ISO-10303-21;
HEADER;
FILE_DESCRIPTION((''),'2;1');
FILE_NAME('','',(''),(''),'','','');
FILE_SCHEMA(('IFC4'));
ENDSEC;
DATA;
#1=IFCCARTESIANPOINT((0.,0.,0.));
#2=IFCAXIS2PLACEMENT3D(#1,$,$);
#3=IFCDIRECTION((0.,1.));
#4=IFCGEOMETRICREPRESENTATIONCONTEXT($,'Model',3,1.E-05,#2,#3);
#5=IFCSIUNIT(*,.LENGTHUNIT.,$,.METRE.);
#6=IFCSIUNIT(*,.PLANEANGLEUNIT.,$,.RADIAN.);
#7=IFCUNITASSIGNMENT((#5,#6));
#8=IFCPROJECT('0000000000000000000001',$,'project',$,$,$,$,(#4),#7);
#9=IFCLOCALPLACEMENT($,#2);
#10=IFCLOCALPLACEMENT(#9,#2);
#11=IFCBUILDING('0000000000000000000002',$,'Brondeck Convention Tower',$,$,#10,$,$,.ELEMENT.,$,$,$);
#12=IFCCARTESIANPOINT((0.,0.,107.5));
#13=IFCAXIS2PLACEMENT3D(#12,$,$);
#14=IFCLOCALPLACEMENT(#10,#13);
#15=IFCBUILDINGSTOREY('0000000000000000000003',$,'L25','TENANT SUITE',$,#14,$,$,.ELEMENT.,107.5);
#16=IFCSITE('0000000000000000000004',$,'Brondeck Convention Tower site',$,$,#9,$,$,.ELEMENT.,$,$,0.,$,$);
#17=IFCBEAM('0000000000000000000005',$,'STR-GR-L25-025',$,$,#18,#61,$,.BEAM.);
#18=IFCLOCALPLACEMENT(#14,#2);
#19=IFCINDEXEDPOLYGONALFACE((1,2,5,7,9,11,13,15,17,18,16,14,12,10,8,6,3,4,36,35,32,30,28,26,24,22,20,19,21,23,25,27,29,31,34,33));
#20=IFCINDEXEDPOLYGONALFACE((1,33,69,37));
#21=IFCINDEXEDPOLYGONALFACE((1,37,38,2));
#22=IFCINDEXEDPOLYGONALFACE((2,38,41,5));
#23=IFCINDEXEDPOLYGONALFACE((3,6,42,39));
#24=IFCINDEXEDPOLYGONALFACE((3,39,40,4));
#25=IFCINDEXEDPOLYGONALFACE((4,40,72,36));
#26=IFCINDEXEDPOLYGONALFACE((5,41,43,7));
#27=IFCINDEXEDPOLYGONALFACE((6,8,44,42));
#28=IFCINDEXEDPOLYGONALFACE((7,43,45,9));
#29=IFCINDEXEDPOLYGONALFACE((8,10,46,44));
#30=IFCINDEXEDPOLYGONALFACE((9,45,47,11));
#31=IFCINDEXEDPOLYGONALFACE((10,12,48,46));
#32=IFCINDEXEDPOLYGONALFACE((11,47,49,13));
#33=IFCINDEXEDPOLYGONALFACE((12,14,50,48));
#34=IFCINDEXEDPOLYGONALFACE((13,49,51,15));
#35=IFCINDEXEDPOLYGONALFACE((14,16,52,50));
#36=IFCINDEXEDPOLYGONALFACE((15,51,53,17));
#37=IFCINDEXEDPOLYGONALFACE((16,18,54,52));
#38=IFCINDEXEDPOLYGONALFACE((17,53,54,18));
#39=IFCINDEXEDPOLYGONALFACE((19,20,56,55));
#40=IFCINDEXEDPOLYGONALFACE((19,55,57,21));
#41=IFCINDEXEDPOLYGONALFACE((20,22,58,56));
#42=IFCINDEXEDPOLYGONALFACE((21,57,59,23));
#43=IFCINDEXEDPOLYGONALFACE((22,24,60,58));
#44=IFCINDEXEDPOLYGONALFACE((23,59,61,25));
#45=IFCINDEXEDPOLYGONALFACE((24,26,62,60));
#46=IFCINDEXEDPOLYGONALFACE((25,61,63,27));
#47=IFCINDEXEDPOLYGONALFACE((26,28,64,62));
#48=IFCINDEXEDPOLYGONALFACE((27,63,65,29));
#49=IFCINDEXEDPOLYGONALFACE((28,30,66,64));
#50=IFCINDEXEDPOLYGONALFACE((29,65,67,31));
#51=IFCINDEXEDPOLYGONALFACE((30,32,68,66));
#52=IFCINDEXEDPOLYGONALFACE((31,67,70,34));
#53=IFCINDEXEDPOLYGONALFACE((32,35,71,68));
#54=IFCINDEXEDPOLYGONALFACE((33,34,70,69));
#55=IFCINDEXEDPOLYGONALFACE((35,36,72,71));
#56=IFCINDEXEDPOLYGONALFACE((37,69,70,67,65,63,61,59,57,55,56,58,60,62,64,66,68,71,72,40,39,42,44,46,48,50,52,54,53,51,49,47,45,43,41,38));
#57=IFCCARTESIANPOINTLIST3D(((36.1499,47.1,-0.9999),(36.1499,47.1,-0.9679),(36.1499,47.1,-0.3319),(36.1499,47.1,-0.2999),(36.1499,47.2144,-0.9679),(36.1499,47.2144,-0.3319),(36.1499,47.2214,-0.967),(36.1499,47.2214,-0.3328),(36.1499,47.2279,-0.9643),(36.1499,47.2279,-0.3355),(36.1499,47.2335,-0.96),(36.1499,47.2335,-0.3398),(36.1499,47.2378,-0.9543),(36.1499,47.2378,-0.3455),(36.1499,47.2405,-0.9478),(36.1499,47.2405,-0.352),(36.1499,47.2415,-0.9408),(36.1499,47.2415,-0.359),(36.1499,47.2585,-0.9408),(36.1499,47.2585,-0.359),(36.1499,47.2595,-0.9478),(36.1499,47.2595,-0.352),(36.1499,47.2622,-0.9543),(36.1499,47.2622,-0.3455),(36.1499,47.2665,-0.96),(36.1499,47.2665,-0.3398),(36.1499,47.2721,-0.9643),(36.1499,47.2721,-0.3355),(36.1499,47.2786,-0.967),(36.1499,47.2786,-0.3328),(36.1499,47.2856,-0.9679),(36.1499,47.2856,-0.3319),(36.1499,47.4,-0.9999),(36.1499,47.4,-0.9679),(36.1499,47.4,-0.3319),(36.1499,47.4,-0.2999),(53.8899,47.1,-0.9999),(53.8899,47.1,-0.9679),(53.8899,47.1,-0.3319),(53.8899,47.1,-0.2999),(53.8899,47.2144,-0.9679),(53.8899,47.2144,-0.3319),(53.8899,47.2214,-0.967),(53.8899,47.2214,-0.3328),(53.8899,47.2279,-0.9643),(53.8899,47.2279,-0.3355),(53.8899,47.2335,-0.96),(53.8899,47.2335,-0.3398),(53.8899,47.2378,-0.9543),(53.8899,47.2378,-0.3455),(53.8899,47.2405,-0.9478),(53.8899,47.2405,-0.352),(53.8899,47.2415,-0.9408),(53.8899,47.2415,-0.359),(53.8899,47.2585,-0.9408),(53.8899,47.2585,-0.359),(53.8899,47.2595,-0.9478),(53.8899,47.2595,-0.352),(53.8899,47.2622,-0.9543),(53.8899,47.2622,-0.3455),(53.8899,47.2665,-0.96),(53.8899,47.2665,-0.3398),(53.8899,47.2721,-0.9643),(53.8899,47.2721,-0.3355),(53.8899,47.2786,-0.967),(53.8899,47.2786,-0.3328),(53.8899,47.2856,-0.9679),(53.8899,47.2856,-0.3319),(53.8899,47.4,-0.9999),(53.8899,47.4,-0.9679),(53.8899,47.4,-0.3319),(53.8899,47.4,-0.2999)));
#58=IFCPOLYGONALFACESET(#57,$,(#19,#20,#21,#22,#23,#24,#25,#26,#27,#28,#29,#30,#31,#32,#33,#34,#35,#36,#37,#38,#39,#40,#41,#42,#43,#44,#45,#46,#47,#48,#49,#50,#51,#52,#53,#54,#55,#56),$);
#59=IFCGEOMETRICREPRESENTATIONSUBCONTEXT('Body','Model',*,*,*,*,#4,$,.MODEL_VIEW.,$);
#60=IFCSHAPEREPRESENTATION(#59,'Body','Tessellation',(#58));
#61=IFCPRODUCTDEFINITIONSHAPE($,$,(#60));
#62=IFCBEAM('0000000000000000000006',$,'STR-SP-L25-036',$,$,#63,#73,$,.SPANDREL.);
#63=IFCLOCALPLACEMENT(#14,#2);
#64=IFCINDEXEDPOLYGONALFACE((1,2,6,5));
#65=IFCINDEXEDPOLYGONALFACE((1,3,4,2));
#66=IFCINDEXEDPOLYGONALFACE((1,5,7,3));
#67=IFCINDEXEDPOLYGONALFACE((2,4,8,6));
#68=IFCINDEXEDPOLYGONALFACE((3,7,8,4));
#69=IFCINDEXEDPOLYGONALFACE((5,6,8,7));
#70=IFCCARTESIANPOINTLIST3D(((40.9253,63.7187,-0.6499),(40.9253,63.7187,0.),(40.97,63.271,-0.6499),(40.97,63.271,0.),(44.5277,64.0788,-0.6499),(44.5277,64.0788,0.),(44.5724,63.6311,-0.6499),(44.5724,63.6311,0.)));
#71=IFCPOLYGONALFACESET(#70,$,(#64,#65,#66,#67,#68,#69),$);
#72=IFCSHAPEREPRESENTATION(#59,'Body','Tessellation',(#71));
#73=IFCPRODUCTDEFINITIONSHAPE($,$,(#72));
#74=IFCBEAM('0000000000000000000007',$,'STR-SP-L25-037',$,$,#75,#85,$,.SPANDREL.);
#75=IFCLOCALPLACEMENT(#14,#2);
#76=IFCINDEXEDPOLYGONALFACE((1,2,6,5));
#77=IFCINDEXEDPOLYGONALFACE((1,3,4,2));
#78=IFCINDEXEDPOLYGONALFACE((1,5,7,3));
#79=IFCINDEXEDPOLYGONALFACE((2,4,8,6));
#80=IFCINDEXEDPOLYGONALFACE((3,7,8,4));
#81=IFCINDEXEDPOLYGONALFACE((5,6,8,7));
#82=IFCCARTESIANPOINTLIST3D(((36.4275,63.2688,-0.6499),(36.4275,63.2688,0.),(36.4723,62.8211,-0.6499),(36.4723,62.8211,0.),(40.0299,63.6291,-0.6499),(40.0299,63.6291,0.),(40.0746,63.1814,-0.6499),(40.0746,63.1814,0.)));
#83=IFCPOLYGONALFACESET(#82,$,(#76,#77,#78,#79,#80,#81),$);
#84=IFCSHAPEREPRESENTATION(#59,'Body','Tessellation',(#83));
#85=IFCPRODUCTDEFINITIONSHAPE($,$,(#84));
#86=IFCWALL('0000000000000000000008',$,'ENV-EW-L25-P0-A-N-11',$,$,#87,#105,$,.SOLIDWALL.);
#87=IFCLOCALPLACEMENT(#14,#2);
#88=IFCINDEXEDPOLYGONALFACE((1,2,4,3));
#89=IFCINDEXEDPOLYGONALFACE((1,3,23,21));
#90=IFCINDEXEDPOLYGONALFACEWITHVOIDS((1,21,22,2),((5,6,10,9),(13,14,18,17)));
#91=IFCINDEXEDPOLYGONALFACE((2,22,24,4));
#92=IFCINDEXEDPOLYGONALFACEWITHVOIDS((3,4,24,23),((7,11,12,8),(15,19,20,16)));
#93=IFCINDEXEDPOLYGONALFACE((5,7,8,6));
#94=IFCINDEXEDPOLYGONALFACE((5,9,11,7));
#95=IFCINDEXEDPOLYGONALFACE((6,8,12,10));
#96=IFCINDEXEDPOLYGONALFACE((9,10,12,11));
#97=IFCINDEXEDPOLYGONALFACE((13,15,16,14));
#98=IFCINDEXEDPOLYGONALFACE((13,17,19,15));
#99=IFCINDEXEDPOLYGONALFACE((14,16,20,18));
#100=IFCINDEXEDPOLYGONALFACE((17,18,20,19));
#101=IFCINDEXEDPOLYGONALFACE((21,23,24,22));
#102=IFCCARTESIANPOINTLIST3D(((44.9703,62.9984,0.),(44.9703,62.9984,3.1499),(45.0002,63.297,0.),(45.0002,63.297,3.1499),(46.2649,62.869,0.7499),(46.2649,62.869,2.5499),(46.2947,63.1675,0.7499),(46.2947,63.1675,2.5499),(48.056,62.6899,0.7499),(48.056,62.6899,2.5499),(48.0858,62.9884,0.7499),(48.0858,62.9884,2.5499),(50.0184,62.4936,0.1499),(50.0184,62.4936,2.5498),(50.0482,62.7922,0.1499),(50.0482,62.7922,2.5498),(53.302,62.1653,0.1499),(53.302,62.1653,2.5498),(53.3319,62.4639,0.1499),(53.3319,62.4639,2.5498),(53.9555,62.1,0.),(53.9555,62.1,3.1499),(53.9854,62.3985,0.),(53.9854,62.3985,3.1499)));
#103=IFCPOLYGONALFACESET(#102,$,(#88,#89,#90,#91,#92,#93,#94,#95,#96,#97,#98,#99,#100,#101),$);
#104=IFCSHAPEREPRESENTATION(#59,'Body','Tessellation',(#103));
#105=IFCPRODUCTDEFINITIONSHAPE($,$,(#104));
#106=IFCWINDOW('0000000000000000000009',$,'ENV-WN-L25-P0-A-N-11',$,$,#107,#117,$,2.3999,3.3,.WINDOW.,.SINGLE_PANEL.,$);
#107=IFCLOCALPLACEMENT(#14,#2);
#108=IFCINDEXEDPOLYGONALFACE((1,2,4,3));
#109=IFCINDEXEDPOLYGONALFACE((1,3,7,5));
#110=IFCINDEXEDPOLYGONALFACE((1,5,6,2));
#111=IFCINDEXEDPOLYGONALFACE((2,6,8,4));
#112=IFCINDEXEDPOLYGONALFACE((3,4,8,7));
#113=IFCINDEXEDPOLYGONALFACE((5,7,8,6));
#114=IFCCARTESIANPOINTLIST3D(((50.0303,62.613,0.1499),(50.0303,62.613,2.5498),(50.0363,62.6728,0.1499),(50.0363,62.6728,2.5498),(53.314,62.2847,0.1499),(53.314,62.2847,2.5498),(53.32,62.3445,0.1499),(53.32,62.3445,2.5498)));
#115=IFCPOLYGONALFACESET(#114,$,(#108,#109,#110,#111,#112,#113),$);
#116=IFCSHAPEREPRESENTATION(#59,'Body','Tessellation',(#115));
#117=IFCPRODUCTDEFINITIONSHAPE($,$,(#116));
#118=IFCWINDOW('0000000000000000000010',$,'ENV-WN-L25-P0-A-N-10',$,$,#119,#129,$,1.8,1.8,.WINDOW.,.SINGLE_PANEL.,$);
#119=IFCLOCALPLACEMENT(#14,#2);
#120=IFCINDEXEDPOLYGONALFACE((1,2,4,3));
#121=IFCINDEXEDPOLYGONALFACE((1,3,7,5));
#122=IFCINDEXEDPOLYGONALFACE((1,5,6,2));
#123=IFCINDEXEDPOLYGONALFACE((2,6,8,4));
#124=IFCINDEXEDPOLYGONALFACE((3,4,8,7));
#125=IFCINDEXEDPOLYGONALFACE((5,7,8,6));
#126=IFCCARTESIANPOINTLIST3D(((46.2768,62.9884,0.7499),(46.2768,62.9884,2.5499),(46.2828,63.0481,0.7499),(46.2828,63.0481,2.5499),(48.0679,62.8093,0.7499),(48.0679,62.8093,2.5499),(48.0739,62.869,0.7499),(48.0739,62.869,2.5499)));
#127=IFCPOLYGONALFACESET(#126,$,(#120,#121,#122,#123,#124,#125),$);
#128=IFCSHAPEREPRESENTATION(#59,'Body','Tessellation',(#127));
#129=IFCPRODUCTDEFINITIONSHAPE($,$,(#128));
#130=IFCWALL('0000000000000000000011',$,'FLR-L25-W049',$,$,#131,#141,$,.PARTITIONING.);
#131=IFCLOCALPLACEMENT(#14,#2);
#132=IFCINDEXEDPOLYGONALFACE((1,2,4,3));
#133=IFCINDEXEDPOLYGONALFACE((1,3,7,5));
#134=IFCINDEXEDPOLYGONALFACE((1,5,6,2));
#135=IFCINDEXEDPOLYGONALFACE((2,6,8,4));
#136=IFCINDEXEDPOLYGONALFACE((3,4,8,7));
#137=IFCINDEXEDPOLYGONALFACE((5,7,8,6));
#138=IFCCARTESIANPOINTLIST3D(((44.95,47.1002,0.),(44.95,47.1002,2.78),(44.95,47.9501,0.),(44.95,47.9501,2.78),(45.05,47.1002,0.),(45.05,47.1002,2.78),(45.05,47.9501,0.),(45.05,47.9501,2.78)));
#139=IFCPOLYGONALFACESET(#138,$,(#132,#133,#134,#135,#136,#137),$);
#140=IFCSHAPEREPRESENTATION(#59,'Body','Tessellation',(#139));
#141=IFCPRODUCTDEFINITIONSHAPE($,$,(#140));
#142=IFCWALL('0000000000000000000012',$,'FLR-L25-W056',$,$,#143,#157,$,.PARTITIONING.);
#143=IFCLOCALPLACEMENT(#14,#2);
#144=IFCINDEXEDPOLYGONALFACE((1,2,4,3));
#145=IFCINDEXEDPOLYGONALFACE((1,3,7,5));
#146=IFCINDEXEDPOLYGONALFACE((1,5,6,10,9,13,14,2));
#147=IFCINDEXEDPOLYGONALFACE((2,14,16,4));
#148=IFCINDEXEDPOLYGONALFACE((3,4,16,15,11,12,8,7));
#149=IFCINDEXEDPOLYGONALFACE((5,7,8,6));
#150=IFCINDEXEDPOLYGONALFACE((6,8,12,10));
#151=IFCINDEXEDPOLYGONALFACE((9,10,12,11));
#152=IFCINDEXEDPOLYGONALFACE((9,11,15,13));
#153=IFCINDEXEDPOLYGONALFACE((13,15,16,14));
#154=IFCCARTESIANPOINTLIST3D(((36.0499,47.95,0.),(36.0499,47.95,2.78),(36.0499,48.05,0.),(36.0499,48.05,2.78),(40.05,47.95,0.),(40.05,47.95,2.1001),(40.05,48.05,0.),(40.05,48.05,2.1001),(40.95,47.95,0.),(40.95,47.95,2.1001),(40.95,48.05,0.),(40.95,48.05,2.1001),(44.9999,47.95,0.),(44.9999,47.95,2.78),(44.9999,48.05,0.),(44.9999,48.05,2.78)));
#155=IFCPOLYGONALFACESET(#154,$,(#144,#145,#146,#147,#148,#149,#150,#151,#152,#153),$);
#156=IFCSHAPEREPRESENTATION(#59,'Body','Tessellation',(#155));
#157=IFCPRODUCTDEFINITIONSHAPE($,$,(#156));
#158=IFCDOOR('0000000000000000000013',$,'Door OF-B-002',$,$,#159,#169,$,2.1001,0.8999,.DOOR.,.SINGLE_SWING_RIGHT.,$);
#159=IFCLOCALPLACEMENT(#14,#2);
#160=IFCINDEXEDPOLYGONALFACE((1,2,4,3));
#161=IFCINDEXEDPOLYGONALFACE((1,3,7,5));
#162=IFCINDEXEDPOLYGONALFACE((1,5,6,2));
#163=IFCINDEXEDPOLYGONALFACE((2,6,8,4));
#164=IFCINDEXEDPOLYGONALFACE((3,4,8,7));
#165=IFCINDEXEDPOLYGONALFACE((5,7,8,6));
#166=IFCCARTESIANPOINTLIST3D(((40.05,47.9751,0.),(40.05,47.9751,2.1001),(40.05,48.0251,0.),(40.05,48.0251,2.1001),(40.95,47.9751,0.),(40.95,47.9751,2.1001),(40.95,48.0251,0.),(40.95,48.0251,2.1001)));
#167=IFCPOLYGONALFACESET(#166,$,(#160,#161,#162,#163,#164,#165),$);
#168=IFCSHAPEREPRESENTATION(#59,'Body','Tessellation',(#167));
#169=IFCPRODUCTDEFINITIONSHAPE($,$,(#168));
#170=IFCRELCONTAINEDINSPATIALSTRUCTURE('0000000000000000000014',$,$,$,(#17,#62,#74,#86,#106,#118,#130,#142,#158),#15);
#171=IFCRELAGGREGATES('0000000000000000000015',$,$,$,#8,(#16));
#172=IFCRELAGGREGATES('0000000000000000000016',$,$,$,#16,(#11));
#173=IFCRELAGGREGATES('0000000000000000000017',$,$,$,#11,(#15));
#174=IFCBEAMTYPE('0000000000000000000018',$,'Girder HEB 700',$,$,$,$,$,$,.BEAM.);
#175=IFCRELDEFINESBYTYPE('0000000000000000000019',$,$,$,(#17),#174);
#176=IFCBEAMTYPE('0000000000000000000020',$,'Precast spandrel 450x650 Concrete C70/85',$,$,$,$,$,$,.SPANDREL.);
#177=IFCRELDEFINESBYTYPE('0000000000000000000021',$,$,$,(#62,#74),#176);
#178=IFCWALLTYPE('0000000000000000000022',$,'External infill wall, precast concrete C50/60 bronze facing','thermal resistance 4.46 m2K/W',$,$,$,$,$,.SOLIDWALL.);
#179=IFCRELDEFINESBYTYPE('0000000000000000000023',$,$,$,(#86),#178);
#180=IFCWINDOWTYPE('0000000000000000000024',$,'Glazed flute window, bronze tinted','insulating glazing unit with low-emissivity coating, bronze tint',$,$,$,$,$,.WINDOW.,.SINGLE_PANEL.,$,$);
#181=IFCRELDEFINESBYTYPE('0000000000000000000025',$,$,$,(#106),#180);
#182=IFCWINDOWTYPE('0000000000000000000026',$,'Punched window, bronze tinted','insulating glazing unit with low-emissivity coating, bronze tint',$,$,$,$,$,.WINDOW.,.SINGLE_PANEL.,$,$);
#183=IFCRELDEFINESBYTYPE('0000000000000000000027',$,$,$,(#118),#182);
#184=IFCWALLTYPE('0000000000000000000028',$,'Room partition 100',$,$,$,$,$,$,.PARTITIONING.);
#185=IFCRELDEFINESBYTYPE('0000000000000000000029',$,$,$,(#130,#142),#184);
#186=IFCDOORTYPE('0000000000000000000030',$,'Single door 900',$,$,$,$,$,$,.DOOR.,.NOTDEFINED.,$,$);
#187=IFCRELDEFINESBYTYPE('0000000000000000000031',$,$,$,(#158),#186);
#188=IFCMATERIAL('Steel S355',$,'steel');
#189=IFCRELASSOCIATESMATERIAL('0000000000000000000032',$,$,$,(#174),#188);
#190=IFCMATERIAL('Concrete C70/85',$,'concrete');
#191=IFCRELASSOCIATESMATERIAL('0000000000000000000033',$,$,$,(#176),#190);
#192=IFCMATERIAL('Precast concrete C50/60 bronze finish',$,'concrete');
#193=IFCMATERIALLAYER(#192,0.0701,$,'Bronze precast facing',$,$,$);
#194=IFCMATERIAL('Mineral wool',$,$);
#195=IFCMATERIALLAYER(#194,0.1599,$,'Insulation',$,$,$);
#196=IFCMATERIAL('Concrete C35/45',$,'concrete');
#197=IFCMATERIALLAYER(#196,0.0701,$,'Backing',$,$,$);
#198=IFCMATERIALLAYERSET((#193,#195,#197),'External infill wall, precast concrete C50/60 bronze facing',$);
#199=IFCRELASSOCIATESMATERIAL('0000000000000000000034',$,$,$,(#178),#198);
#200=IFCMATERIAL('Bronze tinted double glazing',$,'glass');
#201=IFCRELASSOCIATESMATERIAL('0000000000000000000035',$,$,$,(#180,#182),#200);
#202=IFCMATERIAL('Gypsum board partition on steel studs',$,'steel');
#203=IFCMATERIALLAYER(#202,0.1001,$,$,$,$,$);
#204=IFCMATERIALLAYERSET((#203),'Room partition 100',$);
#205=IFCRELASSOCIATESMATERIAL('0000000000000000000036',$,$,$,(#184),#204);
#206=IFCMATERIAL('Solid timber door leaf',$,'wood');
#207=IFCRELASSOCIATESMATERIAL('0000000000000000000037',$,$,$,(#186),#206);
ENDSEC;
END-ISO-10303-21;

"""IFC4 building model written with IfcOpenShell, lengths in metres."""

from ifc_helpers import new_model, si_unit, direction, frame, frame_2d, origin, origin_2d, place, context, subcontext, project, spatial, rectangle, i_section, extrude, material, layer, layer_set, material_profile, profile_set, type_object, element, fill, save


model = new_model("IFC4")

# Units and contexts
model_context = context("Model", 3, precision=1e-05, world=origin(), true_north=direction((0.0, 1.0)))
body_context = subcontext(model_context, "Body", "Model", "MODEL_VIEW")
ifc_project = project(units=[si_unit("LENGTHUNIT", "METRE"), si_unit("PLANEANGLEUNIT", "RADIAN")], contexts=[model_context])

# Site, building, storey
site_placement = place(None, origin())
site = spatial("IfcSite", under=ifc_project, at=site_placement, Name="Brondeck Convention Tower site", CompositionType="ELEMENT", RefElevation=0.0)
building_placement = place(site_placement, origin())
building = spatial("IfcBuilding", under=site, at=building_placement, Name="Brondeck Convention Tower", CompositionType="ELEMENT")
storey_placement = place(building_placement, frame((0.0, 0.0, 107.5)))
storey = spatial("IfcBuildingStorey", under=building, at=storey_placement, Name="L25", Description="TENANT SUITE", CompositionType="ELEMENT", Elevation=107.5)

# Shared definitions
ifc_material_1 = material(Name="Concrete C70/85", Category="concrete")

# Beams
ifc_material_2 = material(Name="Steel S355", Category="steel")
ifc_material_profile_1 = material_profile(ifc_material_2, i_section(OverallWidth=0.3, OverallDepth=0.7, WebThickness=0.0171, FlangeThickness=0.032, FilletRadius=0.0271, at=origin_2d()), Name="HEB 700")
ifc_profile_set_1 = profile_set([ifc_material_profile_1], Name="Steel S355")
beam_type_1 = type_object("IfcBeamType", Name="Girder HEB 700", PredefinedType="BEAM", material=ifc_profile_set_1)
beam_1_placement = place(storey_placement, frame((36.1499, 47.25, -0.6499), z_axis=(1.0, 0.0, 0.0), x_axis=(0.0, 1.0, 0.0)))
element("IfcBeam", 1, at=beam_1_placement, inside=storey, type_object=beam_type_1, Name="STR-GR-L25-025", PredefinedType="BEAM", context=body_context, shape_type="SweptSolid", body=[
    extrude(i_section(OverallWidth=0.3, OverallDepth=0.7, WebThickness=0.0171, FlangeThickness=0.032, FilletRadius=0.0271, at=origin_2d()), origin(), (0.0, 0.0, 1.0), 17.74),
])
ifc_material_profile_2 = material_profile(ifc_material_1, rectangle(XDim=0.45, YDim=0.6499, at=origin_2d()), Name="Precast spandrel 450x650 Concrete C70/85")
ifc_profile_set_2 = profile_set([ifc_material_profile_2], Name="Concrete C70/85")
beam_type_2 = type_object("IfcBeamType", Name="Precast spandrel 450x650 Concrete C70/85", PredefinedType="SPANDREL", material=ifc_profile_set_2)
for number, where, z_axis, x_axis, name in (
    (2, (44.55, 63.855, -0.325), (-0.995041, -0.09947, 0.0), (0.09947, -0.995041, 0.0), "STR-SP-L25-036"),
    (3, (40.0522, 63.4053, -0.325), (-0.995034, -0.099537, 0.0), (0.099537, -0.995034, 0.0), "STR-SP-L25-037"),
):
    element("IfcBeam", number, at=place(storey_placement, frame(where, z_axis=z_axis, x_axis=x_axis)), inside=storey, type_object=beam_type_2, Name=name, PredefinedType="SPANDREL", context=body_context, shape_type="SweptSolid", body=[
        extrude(rectangle(XDim=0.45, YDim=0.6499, at=origin_2d()), origin(), (0.0, 0.0, 1.0), 3.6204),
    ])

# Wall, openings, windows
ifc_material_3 = material(Name="Precast concrete C50/60 bronze finish", Category="concrete")
ifc_layer_1 = layer(ifc_material_3, 0.0701, Name="Bronze precast facing")
ifc_material_4 = material(Name="Mineral wool")
ifc_layer_2 = layer(ifc_material_4, 0.1599, Name="Insulation")
ifc_material_5 = material(Name="Concrete C35/45", Category="concrete")
ifc_layer_3 = layer(ifc_material_5, 0.0701, Name="Backing")
ifc_layer_set_1 = layer_set([ifc_layer_1, ifc_layer_2, ifc_layer_3], Name="External infill wall, precast concrete C50/60 bronze facing")
wall_type_1 = type_object("IfcWallType", Name="External infill wall, precast concrete C50/60 bronze facing", Description="thermal resistance 4.46 m2K/W", PredefinedType="SOLIDWALL", material=ifc_layer_set_1)
wall_1_placement = place(storey_placement, frame((44.9851, 63.1477, 0.0), z_axis=(0.0, 0.0, 1.0), x_axis=(0.995038, -0.099496, 0.0)))
wall_1 = element("IfcWall", 4, at=wall_1_placement, inside=storey, type_object=wall_type_1, Name="ENV-EW-L25-P0-A-N-11", PredefinedType="SOLIDWALL", context=body_context, shape_type="SweptSolid", body=[
    extrude(rectangle(XDim=9.03, YDim=0.3, at=frame_2d((4.5151, 0.0))), origin(), (0.0, 0.0, 1.0), 3.1499),
])
opening_1_placement = place(wall_1_placement, frame((1.3013, 0.0, 0.75)))
opening_1 = element("IfcOpeningElement", 5, at=opening_1_placement, cuts=wall_1, PredefinedType="OPENING", context=body_context, shape_type="SweptSolid", body=[
    extrude(rectangle(XDim=1.8, YDim=1.8, at=frame_2d((0.8999, 0.8999))), frame((0.0, 0.1599, 0.0), z_axis=(0.0, -1.0, 0.0), x_axis=(1.0, 0.0, 0.0)), (0.0, 0.0, 1.0), 0.3201),
])
opening_2_placement = place(wall_1_placement, frame((5.0735, 0.0, 0.1499)))
opening_2 = element("IfcOpeningElement", 6, at=opening_2_placement, cuts=wall_1, PredefinedType="OPENING", context=body_context, shape_type="SweptSolid", body=[
    extrude(rectangle(XDim=3.3, YDim=2.3999, at=frame_2d((1.6499, 1.2))), frame((0.0, 0.1599, 0.0), z_axis=(0.0, -1.0, 0.0), x_axis=(1.0, 0.0, 0.0)), (0.0, 0.0, 1.0), 0.3201),
])
ifc_material_6 = material(Name="Bronze tinted double glazing", Category="glass")
window_type_1 = type_object("IfcWindowType", Name="Glazed flute window, bronze tinted", Description="insulating glazing unit with low-emissivity coating, bronze tint", PartitioningType="SINGLE_PANEL", PredefinedType="WINDOW", material=ifc_material_6)
window_1_placement = place(opening_2_placement, origin())
window_1 = element("IfcWindow", 7, at=window_1_placement, inside=storey, type_object=window_type_1, Name="ENV-WN-L25-P0-A-N-11", OverallHeight=2.3999, OverallWidth=3.3, PartitioningType="SINGLE_PANEL", PredefinedType="WINDOW", context=body_context, shape_type="SweptSolid", body=[
    extrude(rectangle(XDim=3.3, YDim=2.3999, at=frame_2d((1.6499, 1.2))), frame((0.0, 0.03, 0.0), z_axis=(0.0, -1.0, 0.0), x_axis=(1.0, 0.0, 0.0)), (0.0, 0.0, 1.0), 0.0601),
])
fill(opening_2, window_1)
window_type_2 = type_object("IfcWindowType", Name="Punched window, bronze tinted", Description="insulating glazing unit with low-emissivity coating, bronze tint", PartitioningType="SINGLE_PANEL", PredefinedType="WINDOW", material=ifc_material_6)
window_2_placement = place(opening_1_placement, origin())
window_2 = element("IfcWindow", 8, at=window_2_placement, inside=storey, type_object=window_type_2, Name="ENV-WN-L25-P0-A-N-10", OverallHeight=1.8, OverallWidth=1.8, PartitioningType="SINGLE_PANEL", PredefinedType="WINDOW", context=body_context, shape_type="SweptSolid", body=[
    extrude(rectangle(XDim=1.8, YDim=1.8, at=frame_2d((0.8999, 0.8999))), frame((0.0, 0.03, 0.0), z_axis=(0.0, -1.0, 0.0), x_axis=(1.0, 0.0, 0.0)), (0.0, 0.0, 1.0), 0.0601),
])
fill(opening_1, window_2)

# Wall
ifc_material_7 = material(Name="Gypsum board partition on steel studs", Category="steel")
ifc_layer_4 = layer(ifc_material_7, 0.1001)
ifc_layer_set_2 = layer_set([ifc_layer_4], Name="Room partition 100")
wall_type_2 = type_object("IfcWallType", Name="Room partition 100", PredefinedType="PARTITIONING", material=ifc_layer_set_2)
wall_2_placement = place(storey_placement, frame((45.0, 47.95, 0.0), z_axis=(0.0, 0.0, 1.0), x_axis=(0.0, -1.0, 0.0)))
element("IfcWall", 9, at=wall_2_placement, inside=storey, type_object=wall_type_2, Name="FLR-L25-W049", PredefinedType="PARTITIONING", context=body_context, shape_type="SweptSolid", body=[
    extrude(rectangle(XDim=0.8499, YDim=0.1001, at=frame_2d((0.4248, 0.0))), origin(), (0.0, 0.0, 1.0), 2.78),
])

# Wall, opening, door
wall_3_placement = place(storey_placement, frame((45.0, 48.0, 0.0), z_axis=(0.0, 0.0, 1.0), x_axis=(-1.0, 0.0, 0.0)))
wall_3 = element("IfcWall", 10, at=wall_3_placement, inside=storey, type_object=wall_type_2, Name="FLR-L25-W056", PredefinedType="PARTITIONING", context=body_context, shape_type="SweptSolid", body=[
    extrude(rectangle(XDim=8.95, YDim=0.1001, at=frame_2d((4.4751, 0.0))), origin(), (0.0, 0.0, 1.0), 2.78),
])
opening_3_placement = place(wall_3_placement, frame((4.05, 0.0, 0.0)))
opening_3 = element("IfcOpeningElement", 11, at=opening_3_placement, cuts=wall_3, PredefinedType="OPENING", context=body_context, shape_type="SweptSolid", body=[
    extrude(rectangle(XDim=0.8999, YDim=2.1001, at=frame_2d((0.45, 1.05))), frame((0.0, 0.0601, 0.0), z_axis=(0.0, -1.0, 0.0), x_axis=(1.0, 0.0, 0.0)), (0.0, 0.0, 1.0), 0.1201),
])
ifc_material_8 = material(Name="Solid timber door leaf", Category="wood")
door_type_1 = type_object("IfcDoorType", Name="Single door 900", OperationType="NOTDEFINED", PredefinedType="DOOR", material=ifc_material_8)
door_1_placement = place(opening_3_placement, origin())
door_1 = element("IfcDoor", 12, at=door_1_placement, inside=storey, type_object=door_type_1, Name="Door OF-B-002", OperationType="SINGLE_SWING_RIGHT", OverallHeight=2.1001, OverallWidth=0.8999, PredefinedType="DOOR", context=body_context, shape_type="SweptSolid", body=[
    extrude(rectangle(XDim=0.8999, YDim=2.1001, at=frame_2d((0.45, 1.05))), frame((0.0, 0.0249, 0.0), z_axis=(0.0, -1.0, 0.0), x_axis=(1.0, 0.0, 0.0)), (0.0, 0.0, 1.0), 0.05),
])
fill(opening_3, door_1)

save(model, "model.ifc")
